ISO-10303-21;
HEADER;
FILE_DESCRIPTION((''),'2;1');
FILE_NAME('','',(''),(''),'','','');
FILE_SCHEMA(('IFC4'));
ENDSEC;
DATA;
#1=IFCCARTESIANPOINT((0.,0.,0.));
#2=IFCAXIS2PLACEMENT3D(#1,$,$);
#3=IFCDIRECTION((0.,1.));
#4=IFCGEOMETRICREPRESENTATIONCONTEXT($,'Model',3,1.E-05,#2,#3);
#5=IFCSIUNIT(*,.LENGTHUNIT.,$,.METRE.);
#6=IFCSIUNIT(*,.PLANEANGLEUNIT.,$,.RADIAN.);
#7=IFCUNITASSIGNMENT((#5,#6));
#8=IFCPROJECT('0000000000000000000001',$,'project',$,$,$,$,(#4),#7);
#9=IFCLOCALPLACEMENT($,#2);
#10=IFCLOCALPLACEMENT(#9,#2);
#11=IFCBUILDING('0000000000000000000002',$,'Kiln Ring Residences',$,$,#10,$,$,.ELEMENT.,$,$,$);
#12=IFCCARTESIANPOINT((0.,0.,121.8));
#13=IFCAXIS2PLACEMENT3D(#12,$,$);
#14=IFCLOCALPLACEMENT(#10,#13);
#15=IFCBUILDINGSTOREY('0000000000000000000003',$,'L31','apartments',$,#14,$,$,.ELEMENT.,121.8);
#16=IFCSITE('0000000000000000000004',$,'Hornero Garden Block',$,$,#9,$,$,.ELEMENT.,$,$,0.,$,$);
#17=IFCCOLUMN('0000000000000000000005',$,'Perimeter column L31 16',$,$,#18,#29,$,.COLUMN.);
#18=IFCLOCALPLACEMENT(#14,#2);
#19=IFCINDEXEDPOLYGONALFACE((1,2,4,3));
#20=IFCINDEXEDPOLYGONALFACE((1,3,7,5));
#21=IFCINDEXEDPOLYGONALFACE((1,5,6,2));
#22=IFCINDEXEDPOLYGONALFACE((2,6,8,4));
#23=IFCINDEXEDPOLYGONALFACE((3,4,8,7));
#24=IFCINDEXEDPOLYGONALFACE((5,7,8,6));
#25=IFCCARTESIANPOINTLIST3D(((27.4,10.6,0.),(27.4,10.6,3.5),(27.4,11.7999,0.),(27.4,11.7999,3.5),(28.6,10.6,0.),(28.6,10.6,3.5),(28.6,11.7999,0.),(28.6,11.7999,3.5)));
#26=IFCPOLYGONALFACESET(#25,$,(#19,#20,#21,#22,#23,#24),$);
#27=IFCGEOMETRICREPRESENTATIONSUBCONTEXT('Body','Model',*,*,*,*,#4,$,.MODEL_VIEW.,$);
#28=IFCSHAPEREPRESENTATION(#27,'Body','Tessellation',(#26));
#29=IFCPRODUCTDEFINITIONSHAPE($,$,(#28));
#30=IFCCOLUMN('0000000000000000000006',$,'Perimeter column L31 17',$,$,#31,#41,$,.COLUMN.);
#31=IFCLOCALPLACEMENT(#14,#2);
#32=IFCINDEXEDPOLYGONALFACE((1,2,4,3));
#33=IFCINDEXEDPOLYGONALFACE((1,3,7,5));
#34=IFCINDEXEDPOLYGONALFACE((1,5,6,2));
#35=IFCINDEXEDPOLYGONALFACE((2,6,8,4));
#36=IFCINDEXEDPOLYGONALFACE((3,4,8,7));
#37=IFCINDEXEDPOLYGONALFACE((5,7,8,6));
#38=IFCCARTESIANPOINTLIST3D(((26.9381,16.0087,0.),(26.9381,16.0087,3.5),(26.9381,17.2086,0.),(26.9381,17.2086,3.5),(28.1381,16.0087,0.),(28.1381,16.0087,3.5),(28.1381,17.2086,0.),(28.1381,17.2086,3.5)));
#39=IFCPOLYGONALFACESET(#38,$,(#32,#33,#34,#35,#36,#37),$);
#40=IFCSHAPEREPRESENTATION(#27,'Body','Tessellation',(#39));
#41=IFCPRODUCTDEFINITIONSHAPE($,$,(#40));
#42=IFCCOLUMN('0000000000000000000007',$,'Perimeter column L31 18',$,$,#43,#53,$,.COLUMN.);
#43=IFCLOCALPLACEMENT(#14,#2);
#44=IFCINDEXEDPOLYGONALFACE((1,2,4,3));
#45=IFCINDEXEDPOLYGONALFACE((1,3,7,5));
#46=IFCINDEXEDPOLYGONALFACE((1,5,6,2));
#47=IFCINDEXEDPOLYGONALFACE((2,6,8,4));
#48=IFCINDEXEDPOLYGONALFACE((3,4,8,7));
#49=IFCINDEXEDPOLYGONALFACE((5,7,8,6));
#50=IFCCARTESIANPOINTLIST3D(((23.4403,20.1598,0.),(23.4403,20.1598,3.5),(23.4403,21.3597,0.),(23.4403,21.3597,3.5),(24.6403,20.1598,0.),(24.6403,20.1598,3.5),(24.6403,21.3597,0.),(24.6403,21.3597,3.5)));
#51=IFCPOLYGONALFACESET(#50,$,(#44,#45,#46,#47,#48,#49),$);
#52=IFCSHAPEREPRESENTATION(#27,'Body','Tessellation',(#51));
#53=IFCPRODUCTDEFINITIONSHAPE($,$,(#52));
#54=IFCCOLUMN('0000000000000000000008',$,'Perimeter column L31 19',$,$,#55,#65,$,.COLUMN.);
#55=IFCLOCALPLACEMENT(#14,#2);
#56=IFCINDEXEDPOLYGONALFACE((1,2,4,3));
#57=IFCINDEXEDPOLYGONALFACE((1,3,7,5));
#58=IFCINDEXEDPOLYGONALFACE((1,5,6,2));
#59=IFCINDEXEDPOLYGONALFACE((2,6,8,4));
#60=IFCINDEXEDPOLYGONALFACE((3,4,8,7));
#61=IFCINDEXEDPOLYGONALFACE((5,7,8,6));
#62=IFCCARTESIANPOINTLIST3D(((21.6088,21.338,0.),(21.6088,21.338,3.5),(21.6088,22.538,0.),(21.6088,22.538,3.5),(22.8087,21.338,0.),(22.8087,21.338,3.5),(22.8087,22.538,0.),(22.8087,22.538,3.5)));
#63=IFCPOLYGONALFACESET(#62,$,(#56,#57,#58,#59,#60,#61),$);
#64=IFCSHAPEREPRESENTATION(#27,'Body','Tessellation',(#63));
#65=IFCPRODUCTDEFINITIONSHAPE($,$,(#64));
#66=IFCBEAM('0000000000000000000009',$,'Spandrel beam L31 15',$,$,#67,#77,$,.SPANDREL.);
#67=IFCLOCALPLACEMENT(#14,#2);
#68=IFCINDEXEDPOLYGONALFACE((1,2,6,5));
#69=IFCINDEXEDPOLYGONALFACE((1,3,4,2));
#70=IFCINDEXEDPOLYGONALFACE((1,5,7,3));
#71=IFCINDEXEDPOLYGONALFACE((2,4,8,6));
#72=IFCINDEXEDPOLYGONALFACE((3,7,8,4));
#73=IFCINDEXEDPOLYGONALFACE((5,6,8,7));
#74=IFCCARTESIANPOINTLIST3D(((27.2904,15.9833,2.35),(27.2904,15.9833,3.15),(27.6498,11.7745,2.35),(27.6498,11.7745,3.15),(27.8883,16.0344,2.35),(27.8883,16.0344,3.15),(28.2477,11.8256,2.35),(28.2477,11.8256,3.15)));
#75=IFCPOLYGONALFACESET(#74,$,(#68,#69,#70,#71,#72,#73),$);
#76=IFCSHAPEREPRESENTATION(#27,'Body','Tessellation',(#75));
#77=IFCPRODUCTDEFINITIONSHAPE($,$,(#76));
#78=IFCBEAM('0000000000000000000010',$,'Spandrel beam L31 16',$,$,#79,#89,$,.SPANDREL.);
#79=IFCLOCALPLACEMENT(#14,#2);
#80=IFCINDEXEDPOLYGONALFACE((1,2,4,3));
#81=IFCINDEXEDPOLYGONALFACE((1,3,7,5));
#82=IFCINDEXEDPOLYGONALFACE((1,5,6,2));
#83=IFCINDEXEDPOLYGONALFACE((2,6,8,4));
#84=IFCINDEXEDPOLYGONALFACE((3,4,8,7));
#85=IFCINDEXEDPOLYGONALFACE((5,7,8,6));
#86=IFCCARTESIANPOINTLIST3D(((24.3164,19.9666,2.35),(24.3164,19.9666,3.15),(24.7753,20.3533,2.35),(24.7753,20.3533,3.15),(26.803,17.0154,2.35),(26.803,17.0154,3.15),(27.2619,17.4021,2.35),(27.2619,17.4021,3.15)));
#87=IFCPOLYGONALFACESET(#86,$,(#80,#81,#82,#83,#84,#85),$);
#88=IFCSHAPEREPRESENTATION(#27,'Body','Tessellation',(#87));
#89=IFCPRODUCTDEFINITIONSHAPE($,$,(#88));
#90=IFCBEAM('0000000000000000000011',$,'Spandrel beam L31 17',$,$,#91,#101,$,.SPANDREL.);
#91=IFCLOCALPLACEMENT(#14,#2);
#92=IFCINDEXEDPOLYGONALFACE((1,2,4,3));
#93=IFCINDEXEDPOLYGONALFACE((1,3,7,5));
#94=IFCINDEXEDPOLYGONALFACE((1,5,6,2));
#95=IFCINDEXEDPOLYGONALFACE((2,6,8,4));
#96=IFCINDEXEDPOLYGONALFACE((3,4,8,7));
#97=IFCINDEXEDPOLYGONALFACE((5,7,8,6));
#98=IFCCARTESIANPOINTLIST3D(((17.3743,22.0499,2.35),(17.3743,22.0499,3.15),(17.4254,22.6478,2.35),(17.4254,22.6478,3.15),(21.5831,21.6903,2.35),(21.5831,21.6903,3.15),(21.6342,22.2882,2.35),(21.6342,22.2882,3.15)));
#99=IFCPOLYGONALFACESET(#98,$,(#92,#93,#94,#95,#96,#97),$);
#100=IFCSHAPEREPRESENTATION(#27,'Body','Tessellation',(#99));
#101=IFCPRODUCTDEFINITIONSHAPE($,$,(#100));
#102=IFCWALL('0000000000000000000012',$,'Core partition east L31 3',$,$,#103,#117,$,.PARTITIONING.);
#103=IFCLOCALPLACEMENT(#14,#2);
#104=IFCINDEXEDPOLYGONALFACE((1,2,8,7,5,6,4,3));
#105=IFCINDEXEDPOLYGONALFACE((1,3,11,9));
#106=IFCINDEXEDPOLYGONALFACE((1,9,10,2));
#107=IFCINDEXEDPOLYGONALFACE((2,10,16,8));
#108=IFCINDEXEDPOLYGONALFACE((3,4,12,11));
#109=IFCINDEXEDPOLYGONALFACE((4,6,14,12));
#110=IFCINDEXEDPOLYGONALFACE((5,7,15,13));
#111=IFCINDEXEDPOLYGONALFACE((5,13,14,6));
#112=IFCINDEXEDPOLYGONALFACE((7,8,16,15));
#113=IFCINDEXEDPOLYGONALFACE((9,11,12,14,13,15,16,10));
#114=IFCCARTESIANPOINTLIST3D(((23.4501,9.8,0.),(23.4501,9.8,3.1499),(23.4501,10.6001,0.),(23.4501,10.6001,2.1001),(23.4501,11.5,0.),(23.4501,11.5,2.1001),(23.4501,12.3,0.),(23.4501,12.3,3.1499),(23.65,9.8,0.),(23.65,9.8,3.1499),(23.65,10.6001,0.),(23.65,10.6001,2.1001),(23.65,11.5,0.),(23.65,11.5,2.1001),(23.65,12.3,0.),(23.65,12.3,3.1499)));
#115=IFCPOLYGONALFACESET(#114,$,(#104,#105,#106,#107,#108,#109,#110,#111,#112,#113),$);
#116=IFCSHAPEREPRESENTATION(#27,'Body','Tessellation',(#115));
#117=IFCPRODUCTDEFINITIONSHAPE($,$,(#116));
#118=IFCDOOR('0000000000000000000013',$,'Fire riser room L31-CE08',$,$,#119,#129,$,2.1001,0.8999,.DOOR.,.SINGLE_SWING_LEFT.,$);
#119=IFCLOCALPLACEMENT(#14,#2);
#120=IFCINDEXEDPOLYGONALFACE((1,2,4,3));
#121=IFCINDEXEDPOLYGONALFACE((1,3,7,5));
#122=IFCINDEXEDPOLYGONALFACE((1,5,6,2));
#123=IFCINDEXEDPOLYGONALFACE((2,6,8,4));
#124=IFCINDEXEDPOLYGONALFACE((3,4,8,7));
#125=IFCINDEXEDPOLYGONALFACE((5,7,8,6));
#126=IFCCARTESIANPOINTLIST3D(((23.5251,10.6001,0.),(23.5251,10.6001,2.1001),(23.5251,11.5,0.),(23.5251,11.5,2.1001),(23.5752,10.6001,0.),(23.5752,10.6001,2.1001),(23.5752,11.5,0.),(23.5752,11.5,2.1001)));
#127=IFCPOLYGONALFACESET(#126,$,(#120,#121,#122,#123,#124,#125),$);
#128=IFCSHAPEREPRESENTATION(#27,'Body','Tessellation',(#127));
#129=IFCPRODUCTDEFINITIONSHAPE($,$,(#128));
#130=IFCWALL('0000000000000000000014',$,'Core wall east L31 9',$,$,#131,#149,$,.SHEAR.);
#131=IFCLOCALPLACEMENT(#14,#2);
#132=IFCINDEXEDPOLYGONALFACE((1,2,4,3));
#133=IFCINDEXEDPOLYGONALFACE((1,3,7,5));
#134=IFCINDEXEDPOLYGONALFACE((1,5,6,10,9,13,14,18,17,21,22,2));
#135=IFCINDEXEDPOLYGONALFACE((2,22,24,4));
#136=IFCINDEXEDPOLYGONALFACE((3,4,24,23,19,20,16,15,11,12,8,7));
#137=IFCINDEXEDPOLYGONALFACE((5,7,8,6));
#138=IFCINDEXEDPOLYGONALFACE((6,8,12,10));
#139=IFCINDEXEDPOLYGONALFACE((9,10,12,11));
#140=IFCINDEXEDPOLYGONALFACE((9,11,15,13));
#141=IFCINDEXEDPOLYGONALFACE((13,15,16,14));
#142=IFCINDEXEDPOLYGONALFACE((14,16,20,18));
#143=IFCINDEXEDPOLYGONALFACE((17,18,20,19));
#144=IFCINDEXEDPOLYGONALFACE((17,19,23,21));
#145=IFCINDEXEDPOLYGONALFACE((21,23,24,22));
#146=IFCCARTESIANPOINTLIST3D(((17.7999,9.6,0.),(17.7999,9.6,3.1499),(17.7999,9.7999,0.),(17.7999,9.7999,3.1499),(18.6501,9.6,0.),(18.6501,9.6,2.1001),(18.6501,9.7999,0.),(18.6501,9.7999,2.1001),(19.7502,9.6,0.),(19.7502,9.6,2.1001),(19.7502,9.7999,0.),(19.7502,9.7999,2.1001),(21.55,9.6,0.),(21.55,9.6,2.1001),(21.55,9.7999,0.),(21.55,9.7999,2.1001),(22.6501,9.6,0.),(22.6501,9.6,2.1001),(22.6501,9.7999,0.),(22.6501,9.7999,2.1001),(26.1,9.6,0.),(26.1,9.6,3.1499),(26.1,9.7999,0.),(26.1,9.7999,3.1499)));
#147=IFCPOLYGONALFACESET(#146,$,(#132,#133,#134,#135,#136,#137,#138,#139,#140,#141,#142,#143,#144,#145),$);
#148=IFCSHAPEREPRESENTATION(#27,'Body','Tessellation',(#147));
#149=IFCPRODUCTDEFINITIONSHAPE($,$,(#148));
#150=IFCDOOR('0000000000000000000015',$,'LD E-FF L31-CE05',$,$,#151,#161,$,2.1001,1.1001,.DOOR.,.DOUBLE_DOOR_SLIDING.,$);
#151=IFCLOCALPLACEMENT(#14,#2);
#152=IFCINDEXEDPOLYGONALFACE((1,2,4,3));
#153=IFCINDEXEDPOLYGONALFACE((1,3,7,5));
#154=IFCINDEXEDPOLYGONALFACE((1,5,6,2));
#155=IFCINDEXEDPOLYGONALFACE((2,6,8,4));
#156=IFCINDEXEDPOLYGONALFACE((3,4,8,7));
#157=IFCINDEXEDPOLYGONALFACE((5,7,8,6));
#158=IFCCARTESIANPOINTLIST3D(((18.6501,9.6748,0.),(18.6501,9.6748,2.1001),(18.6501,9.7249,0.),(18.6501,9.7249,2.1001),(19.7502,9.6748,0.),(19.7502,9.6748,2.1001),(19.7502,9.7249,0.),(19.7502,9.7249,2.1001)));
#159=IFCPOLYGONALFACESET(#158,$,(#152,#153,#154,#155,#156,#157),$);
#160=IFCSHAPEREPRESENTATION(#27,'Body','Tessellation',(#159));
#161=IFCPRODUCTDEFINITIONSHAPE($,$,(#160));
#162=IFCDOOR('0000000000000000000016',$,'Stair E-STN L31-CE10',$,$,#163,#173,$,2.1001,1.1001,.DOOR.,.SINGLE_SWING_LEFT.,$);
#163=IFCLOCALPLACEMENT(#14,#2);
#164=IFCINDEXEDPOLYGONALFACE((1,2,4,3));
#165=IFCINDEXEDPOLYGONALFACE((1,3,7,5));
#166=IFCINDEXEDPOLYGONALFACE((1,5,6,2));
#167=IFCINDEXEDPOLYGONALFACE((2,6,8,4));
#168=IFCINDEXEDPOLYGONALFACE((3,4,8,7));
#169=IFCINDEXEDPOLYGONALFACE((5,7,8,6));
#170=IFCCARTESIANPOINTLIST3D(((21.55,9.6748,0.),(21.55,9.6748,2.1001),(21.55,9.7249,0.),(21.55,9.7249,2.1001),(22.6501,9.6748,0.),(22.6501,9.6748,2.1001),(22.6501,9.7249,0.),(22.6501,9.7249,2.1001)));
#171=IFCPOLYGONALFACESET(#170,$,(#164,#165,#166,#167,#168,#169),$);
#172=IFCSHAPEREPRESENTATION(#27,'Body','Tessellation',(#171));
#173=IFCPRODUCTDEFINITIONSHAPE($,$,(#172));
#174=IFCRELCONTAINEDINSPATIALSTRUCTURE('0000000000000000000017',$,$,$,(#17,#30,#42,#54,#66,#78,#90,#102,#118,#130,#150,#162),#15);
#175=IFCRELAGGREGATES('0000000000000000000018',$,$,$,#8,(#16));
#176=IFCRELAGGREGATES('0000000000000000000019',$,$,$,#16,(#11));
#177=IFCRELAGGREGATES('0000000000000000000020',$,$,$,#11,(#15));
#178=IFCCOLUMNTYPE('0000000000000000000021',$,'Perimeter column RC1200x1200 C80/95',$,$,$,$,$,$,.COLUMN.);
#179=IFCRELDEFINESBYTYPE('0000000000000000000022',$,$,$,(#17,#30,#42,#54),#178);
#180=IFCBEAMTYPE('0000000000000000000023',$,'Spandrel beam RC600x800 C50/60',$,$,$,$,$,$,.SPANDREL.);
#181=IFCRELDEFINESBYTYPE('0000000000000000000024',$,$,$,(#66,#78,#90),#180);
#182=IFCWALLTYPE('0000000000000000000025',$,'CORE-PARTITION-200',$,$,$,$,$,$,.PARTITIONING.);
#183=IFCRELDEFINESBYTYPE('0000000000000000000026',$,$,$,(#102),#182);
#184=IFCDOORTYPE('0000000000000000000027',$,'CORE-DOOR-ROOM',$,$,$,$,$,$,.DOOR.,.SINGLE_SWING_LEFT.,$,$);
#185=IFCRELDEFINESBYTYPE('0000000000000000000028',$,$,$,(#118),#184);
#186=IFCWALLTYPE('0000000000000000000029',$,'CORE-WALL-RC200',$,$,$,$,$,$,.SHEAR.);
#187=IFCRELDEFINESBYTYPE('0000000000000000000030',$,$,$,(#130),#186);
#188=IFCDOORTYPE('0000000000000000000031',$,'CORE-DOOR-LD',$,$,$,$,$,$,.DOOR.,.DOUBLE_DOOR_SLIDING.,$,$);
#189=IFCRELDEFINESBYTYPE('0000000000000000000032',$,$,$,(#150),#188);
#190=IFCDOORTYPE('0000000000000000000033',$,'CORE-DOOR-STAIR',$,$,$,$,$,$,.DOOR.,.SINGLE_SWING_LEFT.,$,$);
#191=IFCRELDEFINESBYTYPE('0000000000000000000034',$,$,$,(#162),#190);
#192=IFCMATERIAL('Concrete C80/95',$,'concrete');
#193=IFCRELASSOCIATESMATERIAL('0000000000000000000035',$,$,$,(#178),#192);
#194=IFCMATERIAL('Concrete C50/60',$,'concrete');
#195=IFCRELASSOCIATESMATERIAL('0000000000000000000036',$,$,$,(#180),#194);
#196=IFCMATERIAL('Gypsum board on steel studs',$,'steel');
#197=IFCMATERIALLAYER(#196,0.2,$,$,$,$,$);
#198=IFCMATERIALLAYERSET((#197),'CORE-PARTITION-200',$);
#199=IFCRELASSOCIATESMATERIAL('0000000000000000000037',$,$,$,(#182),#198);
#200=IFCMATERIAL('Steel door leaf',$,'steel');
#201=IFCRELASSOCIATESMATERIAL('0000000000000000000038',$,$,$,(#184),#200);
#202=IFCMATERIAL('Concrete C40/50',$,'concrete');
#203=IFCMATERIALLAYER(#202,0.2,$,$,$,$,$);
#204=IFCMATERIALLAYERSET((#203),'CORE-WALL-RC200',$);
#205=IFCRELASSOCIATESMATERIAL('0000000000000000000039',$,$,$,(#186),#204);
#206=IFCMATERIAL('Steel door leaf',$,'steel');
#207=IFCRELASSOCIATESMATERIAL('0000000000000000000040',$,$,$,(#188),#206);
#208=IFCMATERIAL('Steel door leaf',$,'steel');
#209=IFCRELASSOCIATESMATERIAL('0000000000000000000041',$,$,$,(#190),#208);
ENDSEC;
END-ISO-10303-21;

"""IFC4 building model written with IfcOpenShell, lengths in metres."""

from ifc_helpers import new_model, si_unit, direction, frame, frame_2d, origin, origin_2d, place, context, subcontext, project, spatial, rectangle, extrude, material, layer, layer_set, material_profile, profile_set, type_object, element, fill, save


model = new_model("IFC4")

# Units and contexts
model_context = context("Model", 3, precision=1e-05, world=origin(), true_north=direction((0.0, 1.0)))
body_context = subcontext(model_context, "Body", "Model", "MODEL_VIEW")
ifc_project = project(units=[si_unit("LENGTHUNIT", "METRE"), si_unit("PLANEANGLEUNIT", "RADIAN")], contexts=[model_context])

# Site, building, storey
site_placement = place(None, origin())
site = spatial("IfcSite", under=ifc_project, at=site_placement, Name="Hornero Garden Block", CompositionType="ELEMENT", RefElevation=0.0)
building_placement = place(site_placement, origin())
building = spatial("IfcBuilding", under=site, at=building_placement, Name="Kiln Ring Residences", CompositionType="ELEMENT")
storey_placement = place(building_placement, frame((0.0, 0.0, 121.8)))
storey = spatial("IfcBuildingStorey", under=building, at=storey_placement, Name="L31", Description="apartments", CompositionType="ELEMENT", Elevation=121.8)

# Columns
ifc_material_1 = material(Name="Concrete C80/95", Category="concrete")
ifc_material_profile_1 = material_profile(ifc_material_1, rectangle(XDim=1.2, YDim=1.2, at=origin_2d()), Name="RC1200x1200")
ifc_profile_set_1 = profile_set([ifc_material_profile_1], Name="Concrete C80/95")
column_type = type_object("IfcColumnType", Name="Perimeter column RC1200x1200 C80/95", PredefinedType="COLUMN", material=ifc_profile_set_1)
for number, where, z_axis, x_axis, name in (
    (1, (28.0, 11.2, 0.0), (0.0, 0.0, 1.0), (1.0, 0.0, 0.0), "Perimeter column L31 16"),
    (2, (27.5381, 16.6086, 0.0), (0.0, 0.0, 1.0), (1.0, 0.0, 0.0), "Perimeter column L31 17"),
    (3, (24.0403, 20.7598, 0.0), (0.0, 0.0, 1.0), (1.0, 0.0, 0.0), "Perimeter column L31 18"),
    (4, (22.2087, 21.938, 0.0), (0.0, 0.0, 1.0), (1.0, 0.0, 0.0), "Perimeter column L31 19"),
):
    element("IfcColumn", number, at=place(storey_placement, frame(where, z_axis=z_axis, x_axis=x_axis)), inside=storey, type_object=column_type, Name=name, PredefinedType="COLUMN", context=body_context, shape_type="SweptSolid", body=[
        extrude(rectangle(XDim=1.2, YDim=1.2, at=origin_2d()), origin(), (0.0, 0.0, 1.0), 3.5),
    ])

# Beams
ifc_material_2 = material(Name="Concrete C50/60", Category="concrete")
ifc_material_profile_2 = material_profile(ifc_material_2, rectangle(XDim=0.6001, YDim=0.8, at=origin_2d()), Name="RC600x800")
ifc_profile_set_2 = profile_set([ifc_material_profile_2], Name="Concrete C50/60")
beam_type = type_object("IfcBeamType", Name="Spandrel beam RC600x800 C50/60", PredefinedType="SPANDREL", material=ifc_profile_set_2)
beam_1_placement = place(storey_placement, frame((27.9487, 11.8, 2.75), z_axis=(-0.085078, 0.996374, 0.0), x_axis=(-0.996374, -0.085078, 0.0)))
element("IfcBeam", 5, at=beam_1_placement, inside=storey, type_object=beam_type, Name="Spandrel beam L31 15", PredefinedType="SPANDREL", context=body_context, shape_type="SweptSolid", body=[
    extrude(rectangle(XDim=0.6001, YDim=0.8, at=origin_2d()), origin(), (0.0, 0.0, 1.0), 4.2241),
])
beam_2_placement = place(storey_placement, frame((27.0325, 17.2087, 2.75), z_axis=(-0.644344, 0.764736, 0.0), x_axis=(-0.764736, -0.644344, 0.0)))
element("IfcBeam", 6, at=beam_2_placement, inside=storey, type_object=beam_type, Name="Spandrel beam L31 16", PredefinedType="SPANDREL", context=body_context, shape_type="SweptSolid", body=[
    extrude(rectangle(XDim=0.6001, YDim=0.8, at=origin_2d()), origin(), (0.0, 0.0, 1.0), 3.8591),
])
beam_3_placement = place(storey_placement, frame((21.6086, 21.9893, 2.75), z_axis=(-0.996369, 0.085136, 0.0), x_axis=(-0.085136, -0.996369, 0.0)))
element("IfcBeam", 7, at=beam_3_placement, inside=storey, type_object=beam_type, Name="Spandrel beam L31 17", PredefinedType="SPANDREL", context=body_context, shape_type="SweptSolid", body=[
    extrude(rectangle(XDim=0.6001, YDim=0.8, at=origin_2d()), origin(), (0.0, 0.0, 1.0), 4.2241),
])

# Wall, opening, door
ifc_material_3 = material(Name="Gypsum board on steel studs", Category="steel")
ifc_layer_1 = layer(ifc_material_3, 0.2)
ifc_layer_set_1 = layer_set([ifc_layer_1], Name="CORE-PARTITION-200")
wall_type_1 = type_object("IfcWallType", Name="CORE-PARTITION-200", PredefinedType="PARTITIONING", material=ifc_layer_set_1)
wall_1_placement = place(storey_placement, frame((23.55, 9.8, 0.0), z_axis=(0.0, 0.0, 1.0), x_axis=(0.0, 1.0, 0.0)))
wall_1 = element("IfcWall", 8, at=wall_1_placement, inside=storey, type_object=wall_type_1, Name="Core partition east L31 3", PredefinedType="PARTITIONING", context=body_context, shape_type="SweptSolid", body=[
    extrude(rectangle(XDim=2.5, YDim=0.2, at=frame_2d((1.25, 0.0))), origin(), (0.0, 0.0, 1.0), 3.1499),
])
opening_1_placement = place(wall_1_placement, frame((0.8, 0.0, 0.0)))
opening_1 = element("IfcOpeningElement", 9, at=opening_1_placement, cuts=wall_1, PredefinedType="OPENING", context=body_context, shape_type="SweptSolid", body=[
    extrude(rectangle(XDim=0.8999, YDim=2.1001, at=frame_2d((0.45, 1.05))), frame((0.0, 0.1099, 0.0), z_axis=(0.0, -1.0, 0.0), x_axis=(1.0, 0.0, 0.0)), (0.0, 0.0, 1.0), 0.22),
])
ifc_material_4 = material(Name="Steel door leaf", Category="steel")
door_type_1 = type_object("IfcDoorType", Name="CORE-DOOR-ROOM", OperationType="SINGLE_SWING_LEFT", PredefinedType="DOOR", material=ifc_material_4)
door_1_placement = place(opening_1_placement, origin())
door_1 = element("IfcDoor", 10, at=door_1_placement, inside=storey, type_object=door_type_1, Name="Fire riser room L31-CE08", OperationType="SINGLE_SWING_LEFT", OverallHeight=2.1001, OverallWidth=0.8999, PredefinedType="DOOR", context=body_context, shape_type="SweptSolid", body=[
    extrude(rectangle(XDim=0.8999, YDim=2.1001, at=frame_2d((0.45, 1.05))), frame((0.0, 0.0249, 0.0), z_axis=(0.0, -1.0, 0.0), x_axis=(1.0, 0.0, 0.0)), (0.0, 0.0, 1.0), 0.05),
])
fill(opening_1, door_1)

# Wall, openings, doors
ifc_material_5 = material(Name="Concrete C40/50", Category="concrete")
ifc_layer_2 = layer(ifc_material_5, 0.2)
ifc_layer_set_2 = layer_set([ifc_layer_2], Name="CORE-WALL-RC200")
wall_type_2 = type_object("IfcWallType", Name="CORE-WALL-RC200", PredefinedType="SHEAR", material=ifc_layer_set_2)
wall_2_placement = place(storey_placement, frame((17.8, 9.7, 0.0), z_axis=(0.0, 0.0, 1.0), x_axis=(1.0, 0.0, 0.0)))
wall_2 = element("IfcWall", 11, at=wall_2_placement, inside=storey, type_object=wall_type_2, Name="Core wall east L31 9", PredefinedType="SHEAR", context=body_context, shape_type="SweptSolid", body=[
    extrude(rectangle(XDim=8.3, YDim=0.2, at=frame_2d((4.1499, 0.0))), origin(), (0.0, 0.0, 1.0), 3.1499),
])
opening_2_placement = place(wall_2_placement, frame((0.8501, 0.0, 0.0)))
opening_2 = element("IfcOpeningElement", 12, at=opening_2_placement, cuts=wall_2, PredefinedType="OPENING", context=body_context, shape_type="SweptSolid", body=[
    extrude(rectangle(XDim=1.1001, YDim=2.1001, at=frame_2d((0.55, 1.05))), frame((0.0, 0.1099, 0.0), z_axis=(0.0, -1.0, 0.0), x_axis=(1.0, 0.0, 0.0)), (0.0, 0.0, 1.0), 0.22),
])
opening_3_placement = place(wall_2_placement, frame((3.75, 0.0, 0.0)))
opening_3 = element("IfcOpeningElement", 13, at=opening_3_placement, cuts=wall_2, PredefinedType="OPENING", context=body_context, shape_type="SweptSolid", body=[
    extrude(rectangle(XDim=1.1001, YDim=2.1001, at=frame_2d((0.55, 1.05))), frame((0.0, 0.1099, 0.0), z_axis=(0.0, -1.0, 0.0), x_axis=(1.0, 0.0, 0.0)), (0.0, 0.0, 1.0), 0.22),
])
ifc_material_6 = material(Name="Steel door leaf", Category="steel")
door_type_2 = type_object("IfcDoorType", Name="CORE-DOOR-LD", OperationType="DOUBLE_DOOR_SLIDING", PredefinedType="DOOR", material=ifc_material_6)
door_2_placement = place(opening_2_placement, origin())
door_2 = element("IfcDoor", 14, at=door_2_placement, inside=storey, type_object=door_type_2, Name="LD E-FF L31-CE05", OperationType="DOUBLE_DOOR_SLIDING", OverallHeight=2.1001, OverallWidth=1.1001, PredefinedType="DOOR", context=body_context, shape_type="SweptSolid", body=[
    extrude(rectangle(XDim=1.1001, YDim=2.1001, at=frame_2d((0.55, 1.05))), frame((0.0, 0.0249, 0.0), z_axis=(0.0, -1.0, 0.0), x_axis=(1.0, 0.0, 0.0)), (0.0, 0.0, 1.0), 0.05),
])
fill(opening_2, door_2)
ifc_material_7 = material(Name="Steel door leaf", Category="steel")
door_type_3 = type_object("IfcDoorType", Name="CORE-DOOR-STAIR", OperationType="SINGLE_SWING_LEFT", PredefinedType="DOOR", material=ifc_material_7)
door_3_placement = place(opening_3_placement, origin())
door_3 = element("IfcDoor", 15, at=door_3_placement, inside=storey, type_object=door_type_3, Name="Stair E-STN L31-CE10", OperationType="SINGLE_SWING_LEFT", OverallHeight=2.1001, OverallWidth=1.1001, PredefinedType="DOOR", context=body_context, shape_type="SweptSolid", body=[
    extrude(rectangle(XDim=1.1001, YDim=2.1001, at=frame_2d((0.55, 1.05))), frame((0.0, 0.0249, 0.0), z_axis=(0.0, -1.0, 0.0), x_axis=(1.0, 0.0, 0.0)), (0.0, 0.0, 1.0), 0.05),
])
fill(opening_3, door_3)

save(model, "model.ifc")
